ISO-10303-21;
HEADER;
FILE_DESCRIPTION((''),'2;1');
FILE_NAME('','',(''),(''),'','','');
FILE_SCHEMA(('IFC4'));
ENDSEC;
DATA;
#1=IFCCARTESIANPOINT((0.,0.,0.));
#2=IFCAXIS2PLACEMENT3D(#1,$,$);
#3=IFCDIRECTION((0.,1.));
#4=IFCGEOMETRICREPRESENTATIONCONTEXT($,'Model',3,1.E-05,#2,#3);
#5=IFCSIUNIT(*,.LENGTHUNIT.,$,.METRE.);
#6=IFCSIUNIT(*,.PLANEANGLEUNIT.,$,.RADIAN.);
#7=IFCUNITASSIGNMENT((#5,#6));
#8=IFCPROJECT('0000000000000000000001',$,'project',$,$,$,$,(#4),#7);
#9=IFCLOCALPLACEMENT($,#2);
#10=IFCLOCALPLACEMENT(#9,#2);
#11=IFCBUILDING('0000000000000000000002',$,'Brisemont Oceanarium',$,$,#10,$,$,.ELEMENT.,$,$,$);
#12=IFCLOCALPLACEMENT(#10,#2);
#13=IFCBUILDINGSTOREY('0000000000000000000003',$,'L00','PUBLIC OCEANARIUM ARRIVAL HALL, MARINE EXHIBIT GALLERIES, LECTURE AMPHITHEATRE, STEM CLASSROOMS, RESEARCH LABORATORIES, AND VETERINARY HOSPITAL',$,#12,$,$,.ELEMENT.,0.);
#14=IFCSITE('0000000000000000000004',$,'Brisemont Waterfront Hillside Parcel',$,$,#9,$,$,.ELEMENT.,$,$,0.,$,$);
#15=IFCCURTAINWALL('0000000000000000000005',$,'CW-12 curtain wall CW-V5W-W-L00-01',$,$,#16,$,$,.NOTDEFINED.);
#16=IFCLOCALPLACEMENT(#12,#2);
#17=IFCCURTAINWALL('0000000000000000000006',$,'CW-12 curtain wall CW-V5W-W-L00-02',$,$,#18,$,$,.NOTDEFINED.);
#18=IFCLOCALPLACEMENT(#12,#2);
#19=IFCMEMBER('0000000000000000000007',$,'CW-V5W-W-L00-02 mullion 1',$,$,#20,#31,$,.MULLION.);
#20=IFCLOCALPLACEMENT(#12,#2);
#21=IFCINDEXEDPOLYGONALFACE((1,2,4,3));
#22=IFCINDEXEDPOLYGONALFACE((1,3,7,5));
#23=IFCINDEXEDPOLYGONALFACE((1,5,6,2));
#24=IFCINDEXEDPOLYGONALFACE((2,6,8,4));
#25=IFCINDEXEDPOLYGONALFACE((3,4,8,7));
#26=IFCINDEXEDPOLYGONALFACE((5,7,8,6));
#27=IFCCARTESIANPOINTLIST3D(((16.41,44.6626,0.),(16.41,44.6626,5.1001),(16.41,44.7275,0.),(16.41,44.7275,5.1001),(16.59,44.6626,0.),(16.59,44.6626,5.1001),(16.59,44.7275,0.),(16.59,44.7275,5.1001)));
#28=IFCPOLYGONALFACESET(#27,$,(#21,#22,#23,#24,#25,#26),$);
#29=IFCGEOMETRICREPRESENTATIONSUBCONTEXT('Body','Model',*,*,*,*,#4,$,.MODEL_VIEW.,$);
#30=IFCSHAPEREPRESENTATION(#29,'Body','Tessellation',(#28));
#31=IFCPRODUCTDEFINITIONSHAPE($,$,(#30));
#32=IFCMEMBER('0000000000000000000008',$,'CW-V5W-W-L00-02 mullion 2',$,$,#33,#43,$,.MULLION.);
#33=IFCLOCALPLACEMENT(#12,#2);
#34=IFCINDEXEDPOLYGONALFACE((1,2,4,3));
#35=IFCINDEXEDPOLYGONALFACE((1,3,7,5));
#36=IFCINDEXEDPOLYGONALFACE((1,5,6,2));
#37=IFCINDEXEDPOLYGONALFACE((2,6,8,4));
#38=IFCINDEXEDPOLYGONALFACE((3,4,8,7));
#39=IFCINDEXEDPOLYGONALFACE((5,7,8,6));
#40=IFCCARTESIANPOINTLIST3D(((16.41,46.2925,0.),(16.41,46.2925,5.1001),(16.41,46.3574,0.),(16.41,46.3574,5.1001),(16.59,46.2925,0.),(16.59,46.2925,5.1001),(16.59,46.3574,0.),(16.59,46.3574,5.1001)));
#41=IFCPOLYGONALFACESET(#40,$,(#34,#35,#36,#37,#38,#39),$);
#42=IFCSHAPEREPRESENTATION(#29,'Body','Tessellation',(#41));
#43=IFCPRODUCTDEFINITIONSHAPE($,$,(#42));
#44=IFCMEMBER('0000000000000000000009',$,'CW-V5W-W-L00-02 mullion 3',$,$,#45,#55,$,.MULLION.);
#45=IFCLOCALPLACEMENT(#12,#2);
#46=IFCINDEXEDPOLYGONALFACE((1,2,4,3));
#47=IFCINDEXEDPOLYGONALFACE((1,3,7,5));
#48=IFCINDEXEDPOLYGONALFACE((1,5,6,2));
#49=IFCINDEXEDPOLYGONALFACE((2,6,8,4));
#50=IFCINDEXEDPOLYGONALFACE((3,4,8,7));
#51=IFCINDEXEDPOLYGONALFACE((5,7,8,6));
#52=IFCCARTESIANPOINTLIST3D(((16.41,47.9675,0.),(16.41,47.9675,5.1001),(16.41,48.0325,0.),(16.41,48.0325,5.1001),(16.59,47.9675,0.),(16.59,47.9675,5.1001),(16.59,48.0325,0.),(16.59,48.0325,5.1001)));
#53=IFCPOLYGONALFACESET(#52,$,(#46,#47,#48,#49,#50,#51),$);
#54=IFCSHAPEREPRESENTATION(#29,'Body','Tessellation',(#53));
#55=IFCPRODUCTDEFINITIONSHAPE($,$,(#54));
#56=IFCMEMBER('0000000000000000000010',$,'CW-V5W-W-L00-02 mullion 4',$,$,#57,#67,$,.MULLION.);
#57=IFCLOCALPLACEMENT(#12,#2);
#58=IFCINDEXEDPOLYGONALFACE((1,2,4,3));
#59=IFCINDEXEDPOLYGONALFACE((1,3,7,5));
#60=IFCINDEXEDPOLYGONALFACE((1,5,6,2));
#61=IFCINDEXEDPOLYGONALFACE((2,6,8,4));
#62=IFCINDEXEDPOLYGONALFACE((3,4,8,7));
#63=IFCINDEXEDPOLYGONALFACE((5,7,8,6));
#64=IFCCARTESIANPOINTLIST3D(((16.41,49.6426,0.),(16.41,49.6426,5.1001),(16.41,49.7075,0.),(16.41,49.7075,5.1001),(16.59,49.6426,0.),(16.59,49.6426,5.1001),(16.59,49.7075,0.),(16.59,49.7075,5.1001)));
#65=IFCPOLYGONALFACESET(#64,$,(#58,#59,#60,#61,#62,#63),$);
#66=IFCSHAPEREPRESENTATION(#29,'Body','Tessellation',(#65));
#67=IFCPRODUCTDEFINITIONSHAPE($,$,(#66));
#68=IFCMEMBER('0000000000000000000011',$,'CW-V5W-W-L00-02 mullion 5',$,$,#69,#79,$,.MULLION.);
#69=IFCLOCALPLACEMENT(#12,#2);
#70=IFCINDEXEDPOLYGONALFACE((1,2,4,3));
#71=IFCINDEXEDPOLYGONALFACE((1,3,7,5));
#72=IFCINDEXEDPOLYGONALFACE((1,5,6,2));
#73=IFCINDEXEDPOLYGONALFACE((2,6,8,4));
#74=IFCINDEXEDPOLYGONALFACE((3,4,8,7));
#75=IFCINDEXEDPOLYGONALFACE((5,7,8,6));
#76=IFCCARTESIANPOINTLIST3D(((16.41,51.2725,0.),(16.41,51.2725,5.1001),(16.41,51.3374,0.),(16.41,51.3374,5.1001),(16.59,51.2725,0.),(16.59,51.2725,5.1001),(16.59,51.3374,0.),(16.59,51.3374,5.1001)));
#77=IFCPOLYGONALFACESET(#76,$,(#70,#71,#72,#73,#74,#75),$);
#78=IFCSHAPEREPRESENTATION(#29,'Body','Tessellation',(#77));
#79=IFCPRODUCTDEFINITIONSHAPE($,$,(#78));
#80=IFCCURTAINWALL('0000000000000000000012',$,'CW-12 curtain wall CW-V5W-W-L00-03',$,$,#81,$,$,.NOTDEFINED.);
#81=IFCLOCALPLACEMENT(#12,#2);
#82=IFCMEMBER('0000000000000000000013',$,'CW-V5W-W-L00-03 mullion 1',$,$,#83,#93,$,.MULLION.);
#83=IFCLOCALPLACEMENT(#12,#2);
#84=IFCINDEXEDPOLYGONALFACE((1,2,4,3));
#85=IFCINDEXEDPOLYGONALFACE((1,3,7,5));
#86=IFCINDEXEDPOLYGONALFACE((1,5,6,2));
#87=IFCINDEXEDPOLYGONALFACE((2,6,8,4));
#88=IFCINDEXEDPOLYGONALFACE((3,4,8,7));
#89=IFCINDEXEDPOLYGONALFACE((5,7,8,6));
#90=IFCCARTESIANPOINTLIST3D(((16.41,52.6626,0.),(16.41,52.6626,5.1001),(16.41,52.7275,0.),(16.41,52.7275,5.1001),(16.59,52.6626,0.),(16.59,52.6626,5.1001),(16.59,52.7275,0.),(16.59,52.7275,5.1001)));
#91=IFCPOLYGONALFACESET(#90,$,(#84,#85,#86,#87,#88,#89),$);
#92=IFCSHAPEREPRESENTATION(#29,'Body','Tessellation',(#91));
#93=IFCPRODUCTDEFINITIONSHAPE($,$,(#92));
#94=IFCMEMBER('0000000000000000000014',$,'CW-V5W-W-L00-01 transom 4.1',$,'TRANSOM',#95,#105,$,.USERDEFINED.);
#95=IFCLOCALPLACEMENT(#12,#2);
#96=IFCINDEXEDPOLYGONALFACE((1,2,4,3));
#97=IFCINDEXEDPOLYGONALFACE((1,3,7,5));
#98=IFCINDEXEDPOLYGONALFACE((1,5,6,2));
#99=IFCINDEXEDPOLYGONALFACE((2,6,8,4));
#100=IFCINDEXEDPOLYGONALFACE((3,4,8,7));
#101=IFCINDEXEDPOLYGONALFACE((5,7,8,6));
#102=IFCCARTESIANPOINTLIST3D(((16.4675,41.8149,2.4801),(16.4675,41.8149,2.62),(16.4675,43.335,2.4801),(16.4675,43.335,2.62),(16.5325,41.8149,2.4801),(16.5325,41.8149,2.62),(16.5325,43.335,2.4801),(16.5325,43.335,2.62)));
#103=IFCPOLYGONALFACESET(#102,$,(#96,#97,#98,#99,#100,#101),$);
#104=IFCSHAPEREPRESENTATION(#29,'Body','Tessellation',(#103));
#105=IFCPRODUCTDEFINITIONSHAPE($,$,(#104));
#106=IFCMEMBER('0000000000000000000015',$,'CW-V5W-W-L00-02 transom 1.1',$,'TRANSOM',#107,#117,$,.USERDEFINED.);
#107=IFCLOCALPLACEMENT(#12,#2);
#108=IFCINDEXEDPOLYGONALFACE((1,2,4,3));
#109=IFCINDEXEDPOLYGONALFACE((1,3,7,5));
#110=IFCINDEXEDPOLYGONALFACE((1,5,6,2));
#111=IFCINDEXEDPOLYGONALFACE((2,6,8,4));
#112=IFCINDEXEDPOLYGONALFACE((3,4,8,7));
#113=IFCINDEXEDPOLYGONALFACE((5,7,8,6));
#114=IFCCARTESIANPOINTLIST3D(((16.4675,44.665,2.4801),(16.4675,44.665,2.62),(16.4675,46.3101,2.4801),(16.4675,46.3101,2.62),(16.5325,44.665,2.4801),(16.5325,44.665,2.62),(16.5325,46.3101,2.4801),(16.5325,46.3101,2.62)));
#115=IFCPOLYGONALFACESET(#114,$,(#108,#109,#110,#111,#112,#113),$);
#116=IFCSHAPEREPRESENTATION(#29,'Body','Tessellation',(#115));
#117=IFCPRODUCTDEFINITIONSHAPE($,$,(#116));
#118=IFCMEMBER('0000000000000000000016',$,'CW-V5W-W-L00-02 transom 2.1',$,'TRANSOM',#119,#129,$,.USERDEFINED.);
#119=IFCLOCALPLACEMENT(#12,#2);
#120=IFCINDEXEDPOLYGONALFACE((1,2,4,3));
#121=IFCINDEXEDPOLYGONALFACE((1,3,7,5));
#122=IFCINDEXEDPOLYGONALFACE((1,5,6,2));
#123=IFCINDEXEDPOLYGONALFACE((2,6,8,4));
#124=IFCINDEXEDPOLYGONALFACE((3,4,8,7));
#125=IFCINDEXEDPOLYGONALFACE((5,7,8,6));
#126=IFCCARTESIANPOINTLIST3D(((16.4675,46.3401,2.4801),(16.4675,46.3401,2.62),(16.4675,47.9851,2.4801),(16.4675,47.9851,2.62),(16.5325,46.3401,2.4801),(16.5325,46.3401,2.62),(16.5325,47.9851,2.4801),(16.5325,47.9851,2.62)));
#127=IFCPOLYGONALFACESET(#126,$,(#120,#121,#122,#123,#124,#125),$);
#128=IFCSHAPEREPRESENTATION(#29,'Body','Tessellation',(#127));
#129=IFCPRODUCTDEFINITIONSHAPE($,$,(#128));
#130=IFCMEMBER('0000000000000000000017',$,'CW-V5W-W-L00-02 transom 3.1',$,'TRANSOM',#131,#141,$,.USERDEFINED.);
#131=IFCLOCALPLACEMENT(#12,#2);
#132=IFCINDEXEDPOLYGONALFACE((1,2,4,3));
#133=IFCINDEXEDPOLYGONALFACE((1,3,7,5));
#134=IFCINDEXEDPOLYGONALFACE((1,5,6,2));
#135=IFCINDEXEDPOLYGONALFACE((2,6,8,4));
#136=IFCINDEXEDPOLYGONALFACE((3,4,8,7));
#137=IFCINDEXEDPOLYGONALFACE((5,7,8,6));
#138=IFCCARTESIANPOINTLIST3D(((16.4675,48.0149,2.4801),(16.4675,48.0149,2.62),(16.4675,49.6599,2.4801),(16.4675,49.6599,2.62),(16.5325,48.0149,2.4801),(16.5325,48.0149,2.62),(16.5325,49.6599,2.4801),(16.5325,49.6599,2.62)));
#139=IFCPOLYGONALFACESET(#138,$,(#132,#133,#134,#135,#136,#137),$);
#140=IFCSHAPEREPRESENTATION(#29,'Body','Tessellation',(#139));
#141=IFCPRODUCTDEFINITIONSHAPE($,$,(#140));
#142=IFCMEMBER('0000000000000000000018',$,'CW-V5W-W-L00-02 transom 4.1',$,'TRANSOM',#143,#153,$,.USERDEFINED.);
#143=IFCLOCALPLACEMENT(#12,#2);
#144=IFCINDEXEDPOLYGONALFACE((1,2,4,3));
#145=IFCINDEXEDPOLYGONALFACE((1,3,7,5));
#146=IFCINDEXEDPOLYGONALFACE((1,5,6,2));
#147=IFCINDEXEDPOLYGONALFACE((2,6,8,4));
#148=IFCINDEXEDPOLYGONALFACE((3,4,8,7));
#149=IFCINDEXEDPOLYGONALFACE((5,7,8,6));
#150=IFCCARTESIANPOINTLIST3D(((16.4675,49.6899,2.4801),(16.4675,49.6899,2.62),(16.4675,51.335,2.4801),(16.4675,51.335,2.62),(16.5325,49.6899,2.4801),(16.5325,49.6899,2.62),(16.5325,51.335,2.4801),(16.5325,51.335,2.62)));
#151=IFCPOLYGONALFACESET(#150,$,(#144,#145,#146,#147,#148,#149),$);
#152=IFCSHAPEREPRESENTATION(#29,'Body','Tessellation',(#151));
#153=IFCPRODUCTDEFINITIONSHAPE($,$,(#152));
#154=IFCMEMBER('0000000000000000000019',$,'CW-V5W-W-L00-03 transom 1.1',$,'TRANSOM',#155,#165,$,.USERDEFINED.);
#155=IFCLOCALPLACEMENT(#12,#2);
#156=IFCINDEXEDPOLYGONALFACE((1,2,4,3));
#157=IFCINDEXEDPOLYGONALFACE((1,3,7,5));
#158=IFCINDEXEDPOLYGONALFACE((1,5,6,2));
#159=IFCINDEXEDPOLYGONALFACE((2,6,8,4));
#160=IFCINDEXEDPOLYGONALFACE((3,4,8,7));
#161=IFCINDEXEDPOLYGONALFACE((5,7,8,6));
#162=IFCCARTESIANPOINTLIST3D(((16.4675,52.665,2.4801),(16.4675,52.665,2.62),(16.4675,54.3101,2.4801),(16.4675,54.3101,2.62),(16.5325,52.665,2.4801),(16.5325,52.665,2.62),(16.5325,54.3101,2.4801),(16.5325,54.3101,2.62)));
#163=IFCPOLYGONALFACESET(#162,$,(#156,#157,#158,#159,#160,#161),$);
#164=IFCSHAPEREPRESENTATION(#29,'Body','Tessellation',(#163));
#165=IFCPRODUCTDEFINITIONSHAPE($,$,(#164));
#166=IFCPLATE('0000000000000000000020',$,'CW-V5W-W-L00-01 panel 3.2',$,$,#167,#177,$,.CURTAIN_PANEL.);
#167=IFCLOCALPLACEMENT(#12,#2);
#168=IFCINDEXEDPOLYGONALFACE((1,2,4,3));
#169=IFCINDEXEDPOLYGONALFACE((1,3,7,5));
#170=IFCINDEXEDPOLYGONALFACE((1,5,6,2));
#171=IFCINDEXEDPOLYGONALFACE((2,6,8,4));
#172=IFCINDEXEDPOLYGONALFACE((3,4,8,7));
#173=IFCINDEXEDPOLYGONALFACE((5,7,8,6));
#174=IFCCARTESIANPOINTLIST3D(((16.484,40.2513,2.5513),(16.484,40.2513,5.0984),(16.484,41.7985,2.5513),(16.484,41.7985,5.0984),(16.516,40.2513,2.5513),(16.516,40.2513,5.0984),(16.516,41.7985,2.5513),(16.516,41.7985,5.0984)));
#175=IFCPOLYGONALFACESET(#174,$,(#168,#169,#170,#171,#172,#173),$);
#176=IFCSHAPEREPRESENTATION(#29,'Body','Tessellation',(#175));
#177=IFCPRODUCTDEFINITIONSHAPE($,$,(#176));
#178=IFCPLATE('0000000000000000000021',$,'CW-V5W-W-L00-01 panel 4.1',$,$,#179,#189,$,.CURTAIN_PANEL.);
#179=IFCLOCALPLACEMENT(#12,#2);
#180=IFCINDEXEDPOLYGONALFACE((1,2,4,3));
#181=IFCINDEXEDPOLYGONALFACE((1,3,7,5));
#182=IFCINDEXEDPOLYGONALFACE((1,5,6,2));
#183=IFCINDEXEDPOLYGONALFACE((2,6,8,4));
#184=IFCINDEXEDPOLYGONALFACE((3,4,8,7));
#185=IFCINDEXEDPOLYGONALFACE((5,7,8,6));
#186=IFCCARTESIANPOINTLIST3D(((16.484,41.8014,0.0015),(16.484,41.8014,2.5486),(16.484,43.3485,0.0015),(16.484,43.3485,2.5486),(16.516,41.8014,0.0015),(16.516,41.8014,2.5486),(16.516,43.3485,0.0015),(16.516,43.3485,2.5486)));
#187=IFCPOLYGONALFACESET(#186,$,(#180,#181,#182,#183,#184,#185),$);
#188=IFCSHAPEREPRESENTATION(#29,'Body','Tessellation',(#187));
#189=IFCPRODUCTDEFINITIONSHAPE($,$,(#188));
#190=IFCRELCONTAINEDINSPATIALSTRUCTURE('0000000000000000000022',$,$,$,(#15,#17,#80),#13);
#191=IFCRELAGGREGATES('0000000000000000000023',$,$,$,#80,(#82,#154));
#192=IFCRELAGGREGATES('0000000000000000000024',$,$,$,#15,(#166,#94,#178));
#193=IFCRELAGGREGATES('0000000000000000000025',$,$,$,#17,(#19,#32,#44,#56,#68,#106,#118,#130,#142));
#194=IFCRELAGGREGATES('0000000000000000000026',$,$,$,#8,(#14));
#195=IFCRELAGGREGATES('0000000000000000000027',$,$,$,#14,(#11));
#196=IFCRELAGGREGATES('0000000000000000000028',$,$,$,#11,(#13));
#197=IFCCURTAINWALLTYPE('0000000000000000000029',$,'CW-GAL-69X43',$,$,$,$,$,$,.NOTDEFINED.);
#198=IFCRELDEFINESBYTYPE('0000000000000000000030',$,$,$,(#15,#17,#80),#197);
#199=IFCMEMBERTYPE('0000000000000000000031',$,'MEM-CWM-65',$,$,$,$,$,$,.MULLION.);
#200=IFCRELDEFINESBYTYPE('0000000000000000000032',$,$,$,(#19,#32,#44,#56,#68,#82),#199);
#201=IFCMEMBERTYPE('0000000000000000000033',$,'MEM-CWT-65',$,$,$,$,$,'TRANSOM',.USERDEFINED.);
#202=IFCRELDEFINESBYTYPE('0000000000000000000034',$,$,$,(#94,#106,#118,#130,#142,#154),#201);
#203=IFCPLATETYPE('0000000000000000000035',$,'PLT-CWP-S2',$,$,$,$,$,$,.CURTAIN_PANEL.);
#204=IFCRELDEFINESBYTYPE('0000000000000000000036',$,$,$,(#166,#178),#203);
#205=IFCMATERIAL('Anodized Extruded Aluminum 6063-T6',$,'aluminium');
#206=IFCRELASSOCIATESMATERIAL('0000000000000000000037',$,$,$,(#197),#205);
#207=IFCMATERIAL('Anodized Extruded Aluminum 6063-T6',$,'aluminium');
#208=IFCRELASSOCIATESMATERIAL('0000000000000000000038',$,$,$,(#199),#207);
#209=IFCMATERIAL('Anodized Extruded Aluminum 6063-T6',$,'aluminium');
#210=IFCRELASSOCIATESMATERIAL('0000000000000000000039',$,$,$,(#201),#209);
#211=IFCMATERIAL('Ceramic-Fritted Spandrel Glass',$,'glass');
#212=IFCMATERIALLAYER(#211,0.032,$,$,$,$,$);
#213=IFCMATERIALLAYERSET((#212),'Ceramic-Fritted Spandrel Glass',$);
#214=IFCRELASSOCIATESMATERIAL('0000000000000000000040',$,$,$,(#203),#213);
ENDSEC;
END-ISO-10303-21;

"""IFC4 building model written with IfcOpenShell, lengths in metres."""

from ifc_helpers import new_model, si_unit, direction, frame, origin, origin_2d, place, context, subcontext, project, spatial, rectangle, extrude, material, layer, layer_set, material_profile, profile_set, type_object, element, aggregate, save


model = new_model("IFC4")

# Units and contexts
model_context = context("Model", 3, precision=1e-05, world=origin(), true_north=direction((0.0, 1.0)))
body_context = subcontext(model_context, "Body", "Model", "MODEL_VIEW")
ifc_project = project(units=[si_unit("LENGTHUNIT", "METRE"), si_unit("PLANEANGLEUNIT", "RADIAN")], contexts=[model_context])

# Site, building, storey
site_placement = place(None, origin())
site = spatial("IfcSite", under=ifc_project, at=site_placement, Name="Brisemont Waterfront Hillside Parcel", CompositionType="ELEMENT", RefElevation=0.0)
building_placement = place(site_placement, origin())
building = spatial("IfcBuilding", under=site, at=building_placement, Name="Brisemont Oceanarium", CompositionType="ELEMENT")
storey_placement = place(building_placement, origin())
storey = spatial("IfcBuildingStorey", under=building, at=storey_placement, Name="L00", Description="PUBLIC OCEANARIUM ARRIVAL HALL, MARINE EXHIBIT GALLERIES, LECTURE AMPHITHEATRE, STEM CLASSROOMS, RESEARCH LABORATORIES, AND VETERINARY HOSPITAL", CompositionType="ELEMENT", Elevation=0.0)

# Curtain walls, members
ifc_material_1 = material(Name="Anodized Extruded Aluminum 6063-T6", Category="aluminium")
curtain_wall_type = type_object("IfcCurtainWallType", Name="CW-GAL-69X43", PredefinedType="NOTDEFINED", material=ifc_material_1)
curtain_wall_1_placement = place(storey_placement, origin())
curtain_wall_1 = element("IfcCurtainWall", 1, at=curtain_wall_1_placement, inside=storey, type_object=curtain_wall_type, Name="CW-12 curtain wall CW-V5W-W-L00-01", PredefinedType="NOTDEFINED")
ifc_material_2 = material(Name="Anodized Extruded Aluminum 6063-T6", Category="aluminium")
ifc_material_profile_1 = material_profile(ifc_material_2, rectangle(XDim=0.0649, YDim=0.1799, at=origin_2d()), Name="CWM-65X180")
ifc_profile_set_1 = profile_set([ifc_material_profile_1], Name="Anodized Extruded Aluminum 6063-T6")
member_type_1 = type_object("IfcMemberType", Name="MEM-CWM-65", PredefinedType="MULLION", material=ifc_profile_set_1)
curtain_wall_2_placement = place(storey_placement, origin())
curtain_wall_2 = element("IfcCurtainWall", 2, at=curtain_wall_2_placement, inside=storey, type_object=curtain_wall_type, Name="CW-12 curtain wall CW-V5W-W-L00-02", PredefinedType="NOTDEFINED")
member_1_placement = place(storey_placement, frame((16.5, 44.6951, 0.0), z_axis=(0.0, 0.0, 1.0), x_axis=(0.0, 1.0, 0.0)))
member_1 = element("IfcMember", 3, at=member_1_placement, type_object=member_type_1, Name="CW-V5W-W-L00-02 mullion 1", PredefinedType="MULLION", context=body_context, shape_type="SweptSolid", body=[
    extrude(rectangle(XDim=0.0649, YDim=0.1799, at=origin_2d()), origin(), (0.0, 0.0, 1.0), 5.1001),
])
member_2_placement = place(storey_placement, frame((16.5, 46.325, 0.0), z_axis=(0.0, 0.0, 1.0), x_axis=(0.0, 1.0, 0.0)))
member_2 = element("IfcMember", 4, at=member_2_placement, type_object=member_type_1, Name="CW-V5W-W-L00-02 mullion 2", PredefinedType="MULLION", context=body_context, shape_type="SweptSolid", body=[
    extrude(rectangle(XDim=0.0649, YDim=0.1799, at=origin_2d()), origin(), (0.0, 0.0, 1.0), 5.1001),
])
member_3_placement = place(storey_placement, frame((16.5, 48.0, 0.0), z_axis=(0.0, 0.0, 1.0), x_axis=(0.0, 1.0, 0.0)))
member_3 = element("IfcMember", 5, at=member_3_placement, type_object=member_type_1, Name="CW-V5W-W-L00-02 mullion 3", PredefinedType="MULLION", context=body_context, shape_type="SweptSolid", body=[
    extrude(rectangle(XDim=0.0649, YDim=0.1799, at=origin_2d()), origin(), (0.0, 0.0, 1.0), 5.1001),
])
member_4_placement = place(storey_placement, frame((16.5, 49.675, 0.0), z_axis=(0.0, 0.0, 1.0), x_axis=(0.0, 1.0, 0.0)))
member_4 = element("IfcMember", 6, at=member_4_placement, type_object=member_type_1, Name="CW-V5W-W-L00-02 mullion 4", PredefinedType="MULLION", context=body_context, shape_type="SweptSolid", body=[
    extrude(rectangle(XDim=0.0649, YDim=0.1799, at=origin_2d()), origin(), (0.0, 0.0, 1.0), 5.1001),
])
member_5_placement = place(storey_placement, frame((16.5, 51.3049, 0.0), z_axis=(0.0, 0.0, 1.0), x_axis=(0.0, 1.0, 0.0)))
member_5 = element("IfcMember", 7, at=member_5_placement, type_object=member_type_1, Name="CW-V5W-W-L00-02 mullion 5", PredefinedType="MULLION", context=body_context, shape_type="SweptSolid", body=[
    extrude(rectangle(XDim=0.0649, YDim=0.1799, at=origin_2d()), origin(), (0.0, 0.0, 1.0), 5.1001),
])

# Curtain wall, member
curtain_wall_3_placement = place(storey_placement, origin())
curtain_wall_3 = element("IfcCurtainWall", 8, at=curtain_wall_3_placement, inside=storey, type_object=curtain_wall_type, Name="CW-12 curtain wall CW-V5W-W-L00-03", PredefinedType="NOTDEFINED")
member_6_placement = place(storey_placement, frame((16.5, 52.6951, 0.0), z_axis=(0.0, 0.0, 1.0), x_axis=(0.0, 1.0, 0.0)))
member_6 = element("IfcMember", 9, at=member_6_placement, type_object=member_type_1, Name="CW-V5W-W-L00-03 mullion 1", PredefinedType="MULLION", context=body_context, shape_type="SweptSolid", body=[
    extrude(rectangle(XDim=0.0649, YDim=0.1799, at=origin_2d()), origin(), (0.0, 0.0, 1.0), 5.1001),
])

# Members
ifc_material_3 = material(Name="Anodized Extruded Aluminum 6063-T6", Category="aluminium")
ifc_material_profile_2 = material_profile(ifc_material_3, rectangle(XDim=0.0649, YDim=0.1399, at=origin_2d()), Name="CWT-65X140")
ifc_profile_set_2 = profile_set([ifc_material_profile_2], Name="Anodized Extruded Aluminum 6063-T6")
member_type_2 = type_object("IfcMemberType", Name="MEM-CWT-65", ElementType="TRANSOM", PredefinedType="USERDEFINED", material=ifc_profile_set_2)
member_7_placement = place(storey_placement, frame((16.5, 41.8149, 2.55), z_axis=(0.0, 1.0, 0.0), x_axis=(-1.0, 0.0, 0.0)))
member_7 = element("IfcMember", 10, at=member_7_placement, type_object=member_type_2, Name="CW-V5W-W-L00-01 transom 4.1", ObjectType="TRANSOM", PredefinedType="USERDEFINED", context=body_context, shape_type="SweptSolid", body=[
    extrude(rectangle(XDim=0.0649, YDim=0.1399, at=origin_2d()), origin(), (0.0, 0.0, 1.0), 1.52),
])
member_8_placement = place(storey_placement, frame((16.5, 44.665, 2.55), z_axis=(0.0, 1.0, 0.0), x_axis=(-1.0, 0.0, 0.0)))
member_8 = element("IfcMember", 11, at=member_8_placement, type_object=member_type_2, Name="CW-V5W-W-L00-02 transom 1.1", ObjectType="TRANSOM", PredefinedType="USERDEFINED", context=body_context, shape_type="SweptSolid", body=[
    extrude(rectangle(XDim=0.0649, YDim=0.1399, at=origin_2d()), origin(), (0.0, 0.0, 1.0), 1.645),
])
member_9_placement = place(storey_placement, frame((16.5, 46.3401, 2.55), z_axis=(0.0, 1.0, 0.0), x_axis=(-1.0, 0.0, 0.0)))
member_9 = element("IfcMember", 12, at=member_9_placement, type_object=member_type_2, Name="CW-V5W-W-L00-02 transom 2.1", ObjectType="TRANSOM", PredefinedType="USERDEFINED", context=body_context, shape_type="SweptSolid", body=[
    extrude(rectangle(XDim=0.0649, YDim=0.1399, at=origin_2d()), origin(), (0.0, 0.0, 1.0), 1.645),
])
member_10_placement = place(storey_placement, frame((16.5, 48.0149, 2.55), z_axis=(0.0, 1.0, 0.0), x_axis=(-1.0, 0.0, 0.0)))
member_10 = element("IfcMember", 13, at=member_10_placement, type_object=member_type_2, Name="CW-V5W-W-L00-02 transom 3.1", ObjectType="TRANSOM", PredefinedType="USERDEFINED", context=body_context, shape_type="SweptSolid", body=[
    extrude(rectangle(XDim=0.0649, YDim=0.1399, at=origin_2d()), origin(), (0.0, 0.0, 1.0), 1.645),
])
member_11_placement = place(storey_placement, frame((16.5, 49.6899, 2.55), z_axis=(0.0, 1.0, 0.0), x_axis=(-1.0, 0.0, 0.0)))
member_11 = element("IfcMember", 14, at=member_11_placement, type_object=member_type_2, Name="CW-V5W-W-L00-02 transom 4.1", ObjectType="TRANSOM", PredefinedType="USERDEFINED", context=body_context, shape_type="SweptSolid", body=[
    extrude(rectangle(XDim=0.0649, YDim=0.1399, at=origin_2d()), origin(), (0.0, 0.0, 1.0), 1.645),
])
member_12_placement = place(storey_placement, frame((16.5, 52.665, 2.55), z_axis=(0.0, 1.0, 0.0), x_axis=(-1.0, 0.0, 0.0)))
member_12 = element("IfcMember", 15, at=member_12_placement, type_object=member_type_2, Name="CW-V5W-W-L00-03 transom 1.1", ObjectType="TRANSOM", PredefinedType="USERDEFINED", context=body_context, shape_type="SweptSolid", body=[
    extrude(rectangle(XDim=0.0649, YDim=0.1399, at=origin_2d()), origin(), (0.0, 0.0, 1.0), 1.645),
])
aggregate(curtain_wall_3, [member_6, member_12])

# Plates
ifc_material_4 = material(Name="Ceramic-Fritted Spandrel Glass", Category="glass")
ifc_layer_1 = layer(ifc_material_4, 0.032)
ifc_layer_set_1 = layer_set([ifc_layer_1], Name="Ceramic-Fritted Spandrel Glass")
plate_type = type_object("IfcPlateType", Name="PLT-CWP-S2", PredefinedType="CURTAIN_PANEL", material=ifc_layer_set_1)
plate_1_placement = place(storey_placement, frame((16.5, 41.0249, 2.5513), z_axis=(0.0, 0.0, 1.0), x_axis=(0.0, 1.0, 0.0)))
plate_1 = element("IfcPlate", 16, at=plate_1_placement, type_object=plate_type, Name="CW-V5W-W-L00-01 panel 3.2", PredefinedType="CURTAIN_PANEL", context=body_context, shape_type="SweptSolid", body=[
    extrude(rectangle(XDim=1.5471, YDim=0.032, at=origin_2d()), origin(), (0.0, 0.0, 1.0), 2.5471),
])
plate_2_placement = place(storey_placement, frame((16.5, 42.575, 0.0015), z_axis=(0.0, 0.0, 1.0), x_axis=(0.0, 1.0, 0.0)))
plate_2 = element("IfcPlate", 17, at=plate_2_placement, type_object=plate_type, Name="CW-V5W-W-L00-01 panel 4.1", PredefinedType="CURTAIN_PANEL", context=body_context, shape_type="SweptSolid", body=[
    extrude(rectangle(XDim=1.5471, YDim=0.032, at=origin_2d()), origin(), (0.0, 0.0, 1.0), 2.5471),
])
aggregate(curtain_wall_1, [plate_1, member_7, plate_2])
aggregate(curtain_wall_2, [member_1, member_2, member_3, member_4, member_5, member_8, member_9, member_10, member_11])

save(model, "model.ifc")
